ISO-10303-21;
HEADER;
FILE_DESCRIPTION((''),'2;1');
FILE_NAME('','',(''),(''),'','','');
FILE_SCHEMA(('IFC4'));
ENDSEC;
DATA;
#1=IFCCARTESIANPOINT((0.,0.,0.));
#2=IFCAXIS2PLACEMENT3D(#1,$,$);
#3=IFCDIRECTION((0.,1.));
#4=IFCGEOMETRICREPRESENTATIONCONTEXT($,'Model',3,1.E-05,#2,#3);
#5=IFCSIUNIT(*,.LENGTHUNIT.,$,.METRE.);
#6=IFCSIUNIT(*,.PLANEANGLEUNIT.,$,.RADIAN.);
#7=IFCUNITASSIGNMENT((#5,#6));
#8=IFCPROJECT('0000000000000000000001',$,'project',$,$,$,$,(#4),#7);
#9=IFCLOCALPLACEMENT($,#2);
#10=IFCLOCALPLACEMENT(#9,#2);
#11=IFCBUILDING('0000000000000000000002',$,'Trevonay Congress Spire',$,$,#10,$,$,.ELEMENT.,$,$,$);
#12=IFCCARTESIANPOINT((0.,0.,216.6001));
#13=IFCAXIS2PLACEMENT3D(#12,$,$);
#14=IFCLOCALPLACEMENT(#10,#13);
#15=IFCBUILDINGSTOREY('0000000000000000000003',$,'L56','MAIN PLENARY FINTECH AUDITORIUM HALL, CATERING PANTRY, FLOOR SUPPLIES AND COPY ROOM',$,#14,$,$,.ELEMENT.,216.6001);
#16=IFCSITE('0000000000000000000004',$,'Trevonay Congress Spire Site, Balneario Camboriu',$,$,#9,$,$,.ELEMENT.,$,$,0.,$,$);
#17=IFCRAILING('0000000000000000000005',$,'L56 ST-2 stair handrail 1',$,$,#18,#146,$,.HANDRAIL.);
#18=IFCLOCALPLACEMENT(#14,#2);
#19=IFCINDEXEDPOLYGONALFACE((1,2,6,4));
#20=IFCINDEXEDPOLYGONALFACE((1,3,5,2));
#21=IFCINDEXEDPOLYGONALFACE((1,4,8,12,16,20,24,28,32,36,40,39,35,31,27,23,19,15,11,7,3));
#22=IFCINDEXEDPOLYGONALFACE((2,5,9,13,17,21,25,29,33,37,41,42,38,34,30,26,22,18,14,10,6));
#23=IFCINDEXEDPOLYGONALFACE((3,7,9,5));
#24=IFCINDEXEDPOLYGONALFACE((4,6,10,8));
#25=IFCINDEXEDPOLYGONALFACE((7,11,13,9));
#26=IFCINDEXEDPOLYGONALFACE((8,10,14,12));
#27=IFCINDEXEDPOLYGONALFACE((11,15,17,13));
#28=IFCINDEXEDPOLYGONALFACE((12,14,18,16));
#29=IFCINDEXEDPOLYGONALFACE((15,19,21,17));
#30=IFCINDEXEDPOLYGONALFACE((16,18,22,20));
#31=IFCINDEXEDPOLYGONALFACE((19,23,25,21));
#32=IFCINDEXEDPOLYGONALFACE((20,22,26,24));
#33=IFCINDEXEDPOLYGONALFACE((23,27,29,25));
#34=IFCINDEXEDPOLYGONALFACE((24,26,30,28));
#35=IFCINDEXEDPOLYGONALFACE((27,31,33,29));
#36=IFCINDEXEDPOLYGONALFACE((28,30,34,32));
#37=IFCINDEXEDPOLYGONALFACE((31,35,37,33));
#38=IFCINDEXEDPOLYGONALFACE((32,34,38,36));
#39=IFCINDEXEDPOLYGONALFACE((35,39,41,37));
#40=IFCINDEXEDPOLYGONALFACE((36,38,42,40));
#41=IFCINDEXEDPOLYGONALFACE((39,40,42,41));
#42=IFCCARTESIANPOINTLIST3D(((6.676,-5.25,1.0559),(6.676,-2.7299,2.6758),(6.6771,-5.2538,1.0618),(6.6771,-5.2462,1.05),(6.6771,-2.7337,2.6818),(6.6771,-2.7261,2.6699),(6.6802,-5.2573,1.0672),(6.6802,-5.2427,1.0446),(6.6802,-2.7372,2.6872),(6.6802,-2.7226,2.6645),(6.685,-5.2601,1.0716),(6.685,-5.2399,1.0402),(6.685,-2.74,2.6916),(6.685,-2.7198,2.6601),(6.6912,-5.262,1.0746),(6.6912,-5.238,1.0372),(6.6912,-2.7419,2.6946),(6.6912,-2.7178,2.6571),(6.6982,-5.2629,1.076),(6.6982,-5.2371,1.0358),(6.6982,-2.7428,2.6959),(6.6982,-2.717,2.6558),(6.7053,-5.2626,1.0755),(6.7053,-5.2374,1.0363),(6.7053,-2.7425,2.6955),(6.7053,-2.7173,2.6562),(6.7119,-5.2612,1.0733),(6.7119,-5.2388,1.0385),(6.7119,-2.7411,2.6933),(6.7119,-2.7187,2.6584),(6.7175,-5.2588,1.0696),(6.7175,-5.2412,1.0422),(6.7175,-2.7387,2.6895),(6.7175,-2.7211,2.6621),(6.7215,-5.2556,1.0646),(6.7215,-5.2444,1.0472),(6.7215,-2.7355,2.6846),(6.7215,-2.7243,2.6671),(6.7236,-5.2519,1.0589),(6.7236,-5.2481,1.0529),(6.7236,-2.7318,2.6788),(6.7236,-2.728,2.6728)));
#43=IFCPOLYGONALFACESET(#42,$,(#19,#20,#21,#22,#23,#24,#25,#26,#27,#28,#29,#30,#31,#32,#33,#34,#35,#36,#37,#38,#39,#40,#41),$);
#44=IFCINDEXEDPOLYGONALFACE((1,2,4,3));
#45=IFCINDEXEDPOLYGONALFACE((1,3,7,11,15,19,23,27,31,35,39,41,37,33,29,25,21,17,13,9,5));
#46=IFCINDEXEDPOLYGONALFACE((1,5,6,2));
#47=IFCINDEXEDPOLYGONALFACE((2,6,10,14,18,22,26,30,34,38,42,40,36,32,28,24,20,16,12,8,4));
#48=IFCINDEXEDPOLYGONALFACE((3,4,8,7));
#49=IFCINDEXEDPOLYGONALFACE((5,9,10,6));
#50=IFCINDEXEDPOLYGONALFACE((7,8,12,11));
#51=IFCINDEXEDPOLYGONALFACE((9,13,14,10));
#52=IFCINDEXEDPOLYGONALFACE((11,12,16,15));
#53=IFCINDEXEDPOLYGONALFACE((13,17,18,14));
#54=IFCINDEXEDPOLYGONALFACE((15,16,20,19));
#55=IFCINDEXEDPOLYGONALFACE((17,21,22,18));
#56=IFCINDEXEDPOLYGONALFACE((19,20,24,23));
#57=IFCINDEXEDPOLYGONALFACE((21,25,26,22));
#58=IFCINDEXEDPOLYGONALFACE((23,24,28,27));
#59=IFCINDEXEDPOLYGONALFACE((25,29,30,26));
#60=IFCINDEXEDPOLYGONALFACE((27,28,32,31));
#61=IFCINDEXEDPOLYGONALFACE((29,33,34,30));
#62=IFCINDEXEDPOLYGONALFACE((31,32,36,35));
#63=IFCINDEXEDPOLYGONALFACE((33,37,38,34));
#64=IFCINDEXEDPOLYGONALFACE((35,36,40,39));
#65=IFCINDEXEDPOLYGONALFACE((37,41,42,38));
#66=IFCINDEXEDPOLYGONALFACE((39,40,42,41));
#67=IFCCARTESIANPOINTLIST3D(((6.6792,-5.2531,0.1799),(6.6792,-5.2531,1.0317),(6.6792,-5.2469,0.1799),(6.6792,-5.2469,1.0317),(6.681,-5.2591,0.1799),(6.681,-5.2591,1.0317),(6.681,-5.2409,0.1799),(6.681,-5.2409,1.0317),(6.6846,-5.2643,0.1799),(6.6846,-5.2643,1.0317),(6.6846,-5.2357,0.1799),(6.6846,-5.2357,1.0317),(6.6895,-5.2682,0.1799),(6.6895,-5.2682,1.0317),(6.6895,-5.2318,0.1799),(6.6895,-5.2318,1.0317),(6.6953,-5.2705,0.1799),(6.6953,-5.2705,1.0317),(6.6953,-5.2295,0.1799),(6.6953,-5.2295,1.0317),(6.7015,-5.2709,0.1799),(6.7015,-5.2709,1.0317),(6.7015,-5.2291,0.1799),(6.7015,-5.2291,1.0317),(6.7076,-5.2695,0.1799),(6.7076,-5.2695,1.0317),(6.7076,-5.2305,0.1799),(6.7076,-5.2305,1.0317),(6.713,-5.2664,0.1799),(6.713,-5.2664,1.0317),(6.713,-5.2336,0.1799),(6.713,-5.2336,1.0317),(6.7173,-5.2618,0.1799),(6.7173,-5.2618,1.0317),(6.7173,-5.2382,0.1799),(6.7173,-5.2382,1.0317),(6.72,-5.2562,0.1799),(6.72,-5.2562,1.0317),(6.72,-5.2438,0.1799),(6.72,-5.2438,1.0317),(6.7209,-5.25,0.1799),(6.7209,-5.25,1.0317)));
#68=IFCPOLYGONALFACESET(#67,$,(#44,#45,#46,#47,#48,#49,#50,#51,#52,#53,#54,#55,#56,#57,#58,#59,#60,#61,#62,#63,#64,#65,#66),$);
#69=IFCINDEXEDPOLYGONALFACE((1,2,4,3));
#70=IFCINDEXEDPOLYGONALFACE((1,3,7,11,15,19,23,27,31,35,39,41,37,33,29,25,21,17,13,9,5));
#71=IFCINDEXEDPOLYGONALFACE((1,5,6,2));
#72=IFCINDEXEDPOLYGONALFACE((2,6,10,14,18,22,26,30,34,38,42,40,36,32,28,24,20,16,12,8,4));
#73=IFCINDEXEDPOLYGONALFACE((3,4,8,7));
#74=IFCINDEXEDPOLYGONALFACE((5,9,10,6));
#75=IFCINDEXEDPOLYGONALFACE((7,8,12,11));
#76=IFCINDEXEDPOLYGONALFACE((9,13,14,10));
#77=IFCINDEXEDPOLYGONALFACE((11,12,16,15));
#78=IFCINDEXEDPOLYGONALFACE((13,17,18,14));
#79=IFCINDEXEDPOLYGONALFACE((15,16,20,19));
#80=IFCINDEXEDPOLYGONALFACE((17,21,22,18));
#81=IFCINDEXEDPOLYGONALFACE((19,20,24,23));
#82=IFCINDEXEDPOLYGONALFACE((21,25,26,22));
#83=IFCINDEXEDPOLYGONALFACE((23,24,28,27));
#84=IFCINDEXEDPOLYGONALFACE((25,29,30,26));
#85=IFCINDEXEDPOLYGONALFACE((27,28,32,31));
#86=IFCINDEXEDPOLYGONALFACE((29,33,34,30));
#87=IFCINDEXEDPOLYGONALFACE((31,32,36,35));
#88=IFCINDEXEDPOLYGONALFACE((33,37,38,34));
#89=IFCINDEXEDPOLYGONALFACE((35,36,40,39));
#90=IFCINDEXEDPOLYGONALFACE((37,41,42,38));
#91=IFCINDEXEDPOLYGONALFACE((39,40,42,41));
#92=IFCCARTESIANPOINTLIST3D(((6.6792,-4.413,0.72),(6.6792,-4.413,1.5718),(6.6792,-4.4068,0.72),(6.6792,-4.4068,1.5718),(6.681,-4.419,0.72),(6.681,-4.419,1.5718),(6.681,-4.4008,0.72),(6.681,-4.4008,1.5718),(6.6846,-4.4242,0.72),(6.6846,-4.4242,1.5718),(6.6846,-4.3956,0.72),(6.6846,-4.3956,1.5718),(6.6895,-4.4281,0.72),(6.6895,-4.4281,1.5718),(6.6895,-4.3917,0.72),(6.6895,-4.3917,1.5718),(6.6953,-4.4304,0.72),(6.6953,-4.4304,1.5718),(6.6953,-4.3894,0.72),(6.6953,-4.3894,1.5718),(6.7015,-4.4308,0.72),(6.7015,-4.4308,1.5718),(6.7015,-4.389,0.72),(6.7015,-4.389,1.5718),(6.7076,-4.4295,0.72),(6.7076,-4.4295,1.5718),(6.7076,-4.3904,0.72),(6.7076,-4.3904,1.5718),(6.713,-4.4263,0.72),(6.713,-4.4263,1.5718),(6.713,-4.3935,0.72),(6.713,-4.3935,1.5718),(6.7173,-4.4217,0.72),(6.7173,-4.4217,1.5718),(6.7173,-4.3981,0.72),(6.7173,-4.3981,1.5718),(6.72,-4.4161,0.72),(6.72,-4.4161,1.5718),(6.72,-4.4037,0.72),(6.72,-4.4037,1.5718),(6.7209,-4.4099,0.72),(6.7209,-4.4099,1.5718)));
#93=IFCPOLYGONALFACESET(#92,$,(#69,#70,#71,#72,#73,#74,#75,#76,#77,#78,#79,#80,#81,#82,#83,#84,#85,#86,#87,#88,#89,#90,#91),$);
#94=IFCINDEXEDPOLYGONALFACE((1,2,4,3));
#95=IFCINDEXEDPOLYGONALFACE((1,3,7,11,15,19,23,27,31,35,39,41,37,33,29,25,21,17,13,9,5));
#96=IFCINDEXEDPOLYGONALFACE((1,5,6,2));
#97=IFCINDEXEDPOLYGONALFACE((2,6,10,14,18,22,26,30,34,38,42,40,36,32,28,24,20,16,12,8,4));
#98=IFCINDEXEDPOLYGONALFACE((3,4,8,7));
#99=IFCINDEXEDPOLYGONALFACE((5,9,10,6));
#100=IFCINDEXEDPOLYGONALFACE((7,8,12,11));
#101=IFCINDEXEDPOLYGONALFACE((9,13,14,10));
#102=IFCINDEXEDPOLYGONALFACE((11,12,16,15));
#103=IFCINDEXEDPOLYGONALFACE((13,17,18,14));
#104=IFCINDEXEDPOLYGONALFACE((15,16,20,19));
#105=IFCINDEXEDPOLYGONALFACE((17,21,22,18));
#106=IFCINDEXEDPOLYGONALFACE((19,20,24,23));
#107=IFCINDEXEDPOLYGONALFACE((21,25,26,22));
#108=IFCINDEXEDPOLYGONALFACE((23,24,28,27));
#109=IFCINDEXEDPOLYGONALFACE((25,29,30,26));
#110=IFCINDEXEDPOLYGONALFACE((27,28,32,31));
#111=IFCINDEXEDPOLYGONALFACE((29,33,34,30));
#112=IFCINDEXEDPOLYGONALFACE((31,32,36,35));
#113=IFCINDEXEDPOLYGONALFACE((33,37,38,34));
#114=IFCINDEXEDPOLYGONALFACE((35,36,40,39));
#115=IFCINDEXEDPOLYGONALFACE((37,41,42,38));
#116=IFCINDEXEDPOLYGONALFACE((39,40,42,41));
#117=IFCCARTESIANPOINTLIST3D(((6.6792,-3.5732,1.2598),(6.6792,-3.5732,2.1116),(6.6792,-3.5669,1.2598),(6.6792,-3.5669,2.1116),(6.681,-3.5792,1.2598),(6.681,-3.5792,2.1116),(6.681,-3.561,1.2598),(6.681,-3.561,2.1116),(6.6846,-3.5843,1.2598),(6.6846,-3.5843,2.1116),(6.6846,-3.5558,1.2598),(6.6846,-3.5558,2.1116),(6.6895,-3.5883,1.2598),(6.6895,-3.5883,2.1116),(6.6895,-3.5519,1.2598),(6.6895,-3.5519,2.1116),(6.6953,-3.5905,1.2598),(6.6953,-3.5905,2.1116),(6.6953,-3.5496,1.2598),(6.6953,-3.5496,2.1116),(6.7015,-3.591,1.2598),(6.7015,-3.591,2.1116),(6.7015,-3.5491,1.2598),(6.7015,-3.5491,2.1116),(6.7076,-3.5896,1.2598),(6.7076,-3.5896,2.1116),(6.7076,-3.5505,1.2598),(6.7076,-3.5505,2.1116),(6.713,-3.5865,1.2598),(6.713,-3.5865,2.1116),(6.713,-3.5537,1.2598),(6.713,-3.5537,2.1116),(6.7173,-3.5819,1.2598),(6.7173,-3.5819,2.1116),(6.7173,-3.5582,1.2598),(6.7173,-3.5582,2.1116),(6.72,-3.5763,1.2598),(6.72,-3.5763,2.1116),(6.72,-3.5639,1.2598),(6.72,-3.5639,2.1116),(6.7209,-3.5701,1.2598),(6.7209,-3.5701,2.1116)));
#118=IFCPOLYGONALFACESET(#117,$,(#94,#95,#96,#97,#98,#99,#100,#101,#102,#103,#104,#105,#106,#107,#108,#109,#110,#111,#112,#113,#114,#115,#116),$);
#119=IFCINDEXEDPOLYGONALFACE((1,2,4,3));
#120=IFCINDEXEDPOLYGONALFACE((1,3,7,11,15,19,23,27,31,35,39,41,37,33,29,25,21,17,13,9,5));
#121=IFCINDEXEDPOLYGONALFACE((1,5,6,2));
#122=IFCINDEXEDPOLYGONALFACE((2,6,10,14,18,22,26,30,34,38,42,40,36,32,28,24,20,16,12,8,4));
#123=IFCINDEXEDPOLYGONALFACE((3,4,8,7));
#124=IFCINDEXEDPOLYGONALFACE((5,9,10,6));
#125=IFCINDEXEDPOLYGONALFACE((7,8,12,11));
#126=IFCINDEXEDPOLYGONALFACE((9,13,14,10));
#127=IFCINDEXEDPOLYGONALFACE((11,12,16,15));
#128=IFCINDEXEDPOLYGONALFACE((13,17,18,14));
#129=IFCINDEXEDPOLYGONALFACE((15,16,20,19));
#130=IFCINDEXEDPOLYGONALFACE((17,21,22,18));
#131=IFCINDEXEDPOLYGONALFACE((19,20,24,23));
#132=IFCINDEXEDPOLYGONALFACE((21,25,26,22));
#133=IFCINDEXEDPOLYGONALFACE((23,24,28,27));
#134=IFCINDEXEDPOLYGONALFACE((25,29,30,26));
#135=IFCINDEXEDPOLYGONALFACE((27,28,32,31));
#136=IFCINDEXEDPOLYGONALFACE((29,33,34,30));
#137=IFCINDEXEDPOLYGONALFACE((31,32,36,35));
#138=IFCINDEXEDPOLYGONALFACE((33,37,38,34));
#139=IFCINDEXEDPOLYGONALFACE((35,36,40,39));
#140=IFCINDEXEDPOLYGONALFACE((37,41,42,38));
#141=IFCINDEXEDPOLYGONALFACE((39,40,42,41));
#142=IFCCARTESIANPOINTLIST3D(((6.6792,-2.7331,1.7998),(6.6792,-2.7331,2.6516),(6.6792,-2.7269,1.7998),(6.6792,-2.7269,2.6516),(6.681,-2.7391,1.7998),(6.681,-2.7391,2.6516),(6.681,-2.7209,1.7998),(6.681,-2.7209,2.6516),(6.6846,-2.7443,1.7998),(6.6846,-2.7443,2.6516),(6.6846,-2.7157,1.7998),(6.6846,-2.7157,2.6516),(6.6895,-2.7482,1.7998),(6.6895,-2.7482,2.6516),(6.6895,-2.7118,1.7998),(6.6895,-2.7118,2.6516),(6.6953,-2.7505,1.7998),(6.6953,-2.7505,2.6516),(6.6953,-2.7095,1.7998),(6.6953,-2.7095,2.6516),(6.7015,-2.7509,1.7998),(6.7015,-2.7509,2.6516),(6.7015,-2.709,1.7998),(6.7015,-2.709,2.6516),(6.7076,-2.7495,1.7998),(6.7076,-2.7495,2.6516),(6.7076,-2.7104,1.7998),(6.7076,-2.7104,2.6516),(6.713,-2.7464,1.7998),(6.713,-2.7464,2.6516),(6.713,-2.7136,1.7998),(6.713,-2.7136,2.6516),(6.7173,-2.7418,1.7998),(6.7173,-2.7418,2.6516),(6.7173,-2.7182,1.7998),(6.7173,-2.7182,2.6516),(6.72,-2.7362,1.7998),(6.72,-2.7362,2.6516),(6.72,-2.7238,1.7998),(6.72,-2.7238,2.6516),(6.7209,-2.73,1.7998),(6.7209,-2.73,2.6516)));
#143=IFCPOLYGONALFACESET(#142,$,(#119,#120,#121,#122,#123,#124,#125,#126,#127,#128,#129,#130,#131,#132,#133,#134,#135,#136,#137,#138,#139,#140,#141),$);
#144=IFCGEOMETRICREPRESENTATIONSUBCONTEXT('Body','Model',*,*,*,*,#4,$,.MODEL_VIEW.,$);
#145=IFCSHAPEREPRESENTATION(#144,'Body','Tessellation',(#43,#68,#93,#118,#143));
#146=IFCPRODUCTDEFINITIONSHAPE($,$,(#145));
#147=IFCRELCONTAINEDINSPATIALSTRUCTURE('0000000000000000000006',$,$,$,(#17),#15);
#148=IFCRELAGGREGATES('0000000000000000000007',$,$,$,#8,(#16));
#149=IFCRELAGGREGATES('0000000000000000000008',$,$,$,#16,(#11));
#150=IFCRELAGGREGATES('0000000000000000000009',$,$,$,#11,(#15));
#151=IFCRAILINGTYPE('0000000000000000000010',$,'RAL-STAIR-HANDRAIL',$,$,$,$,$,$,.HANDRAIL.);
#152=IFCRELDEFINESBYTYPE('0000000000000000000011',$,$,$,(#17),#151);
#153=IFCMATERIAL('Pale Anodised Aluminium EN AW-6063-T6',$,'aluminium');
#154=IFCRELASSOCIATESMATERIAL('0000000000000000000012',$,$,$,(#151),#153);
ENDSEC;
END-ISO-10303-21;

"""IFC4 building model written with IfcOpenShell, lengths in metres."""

from ifc_helpers import new_model, si_unit, direction, frame, origin, origin_2d, place, context, subcontext, project, spatial, circle, extrude, material, type_object, element, save


model = new_model("IFC4")

# Units and contexts
model_context = context("Model", 3, precision=1e-05, world=origin(), true_north=direction((0.0, 1.0)))
body_context = subcontext(model_context, "Body", "Model", "MODEL_VIEW")
ifc_project = project(units=[si_unit("LENGTHUNIT", "METRE"), si_unit("PLANEANGLEUNIT", "RADIAN")], contexts=[model_context])

# Site, building, storey
site_placement = place(None, origin())
site = spatial("IfcSite", under=ifc_project, at=site_placement, Name="Trevonay Congress Spire Site, Balneario Camboriu", CompositionType="ELEMENT", RefElevation=0.0)
building_placement = place(site_placement, origin())
building = spatial("IfcBuilding", under=site, at=building_placement, Name="Trevonay Congress Spire", CompositionType="ELEMENT")
storey_placement = place(building_placement, frame((0.0, 0.0, 216.6001)))
storey = spatial("IfcBuildingStorey", under=building, at=storey_placement, Name="L56", Description="MAIN PLENARY FINTECH AUDITORIUM HALL, CATERING PANTRY, FLOOR SUPPLIES AND COPY ROOM", CompositionType="ELEMENT", Elevation=216.6001)

# Railing
ifc_material_1 = material(Name="Pale Anodised Aluminium EN AW-6063-T6", Category="aluminium")
railing_type_1 = type_object("IfcRailingType", Name="RAL-STAIR-HANDRAIL", PredefinedType="HANDRAIL", material=ifc_material_1)
railing_1_placement = place(storey_placement, frame((6.7, -5.25, 0.1799)))
element("IfcRailing", 1, at=railing_1_placement, inside=storey, type_object=railing_type_1, Name="L56 ST-2 stair handrail 1", PredefinedType="HANDRAIL", context=body_context, shape_type="SweptSolid", body=[
    extrude(circle(Radius=0.0239, at=origin_2d()), frame((0.0, 0.0, 0.876), z_axis=(0.0, 0.8412, 0.540725), x_axis=(-1.0, 0.0, 0.0)), (0.0, 0.0, 1.0), 2.9958),
    extrude(circle(Radius=0.021, at=origin_2d()), origin(), (0.0, 0.0, 1.0), 0.8518),
    extrude(circle(Radius=0.021, at=origin_2d()), frame((0.0, 0.8401, 0.54)), (0.0, 0.0, 1.0), 0.8518),
    extrude(circle(Radius=0.021, at=origin_2d()), frame((0.0, 1.6799, 1.0798)), (0.0, 0.0, 1.0), 0.8518),
    extrude(circle(Radius=0.021, at=origin_2d()), frame((0.0, 2.52, 1.6199)), (0.0, 0.0, 1.0), 0.8518),
])

save(model, "model.ifc")
